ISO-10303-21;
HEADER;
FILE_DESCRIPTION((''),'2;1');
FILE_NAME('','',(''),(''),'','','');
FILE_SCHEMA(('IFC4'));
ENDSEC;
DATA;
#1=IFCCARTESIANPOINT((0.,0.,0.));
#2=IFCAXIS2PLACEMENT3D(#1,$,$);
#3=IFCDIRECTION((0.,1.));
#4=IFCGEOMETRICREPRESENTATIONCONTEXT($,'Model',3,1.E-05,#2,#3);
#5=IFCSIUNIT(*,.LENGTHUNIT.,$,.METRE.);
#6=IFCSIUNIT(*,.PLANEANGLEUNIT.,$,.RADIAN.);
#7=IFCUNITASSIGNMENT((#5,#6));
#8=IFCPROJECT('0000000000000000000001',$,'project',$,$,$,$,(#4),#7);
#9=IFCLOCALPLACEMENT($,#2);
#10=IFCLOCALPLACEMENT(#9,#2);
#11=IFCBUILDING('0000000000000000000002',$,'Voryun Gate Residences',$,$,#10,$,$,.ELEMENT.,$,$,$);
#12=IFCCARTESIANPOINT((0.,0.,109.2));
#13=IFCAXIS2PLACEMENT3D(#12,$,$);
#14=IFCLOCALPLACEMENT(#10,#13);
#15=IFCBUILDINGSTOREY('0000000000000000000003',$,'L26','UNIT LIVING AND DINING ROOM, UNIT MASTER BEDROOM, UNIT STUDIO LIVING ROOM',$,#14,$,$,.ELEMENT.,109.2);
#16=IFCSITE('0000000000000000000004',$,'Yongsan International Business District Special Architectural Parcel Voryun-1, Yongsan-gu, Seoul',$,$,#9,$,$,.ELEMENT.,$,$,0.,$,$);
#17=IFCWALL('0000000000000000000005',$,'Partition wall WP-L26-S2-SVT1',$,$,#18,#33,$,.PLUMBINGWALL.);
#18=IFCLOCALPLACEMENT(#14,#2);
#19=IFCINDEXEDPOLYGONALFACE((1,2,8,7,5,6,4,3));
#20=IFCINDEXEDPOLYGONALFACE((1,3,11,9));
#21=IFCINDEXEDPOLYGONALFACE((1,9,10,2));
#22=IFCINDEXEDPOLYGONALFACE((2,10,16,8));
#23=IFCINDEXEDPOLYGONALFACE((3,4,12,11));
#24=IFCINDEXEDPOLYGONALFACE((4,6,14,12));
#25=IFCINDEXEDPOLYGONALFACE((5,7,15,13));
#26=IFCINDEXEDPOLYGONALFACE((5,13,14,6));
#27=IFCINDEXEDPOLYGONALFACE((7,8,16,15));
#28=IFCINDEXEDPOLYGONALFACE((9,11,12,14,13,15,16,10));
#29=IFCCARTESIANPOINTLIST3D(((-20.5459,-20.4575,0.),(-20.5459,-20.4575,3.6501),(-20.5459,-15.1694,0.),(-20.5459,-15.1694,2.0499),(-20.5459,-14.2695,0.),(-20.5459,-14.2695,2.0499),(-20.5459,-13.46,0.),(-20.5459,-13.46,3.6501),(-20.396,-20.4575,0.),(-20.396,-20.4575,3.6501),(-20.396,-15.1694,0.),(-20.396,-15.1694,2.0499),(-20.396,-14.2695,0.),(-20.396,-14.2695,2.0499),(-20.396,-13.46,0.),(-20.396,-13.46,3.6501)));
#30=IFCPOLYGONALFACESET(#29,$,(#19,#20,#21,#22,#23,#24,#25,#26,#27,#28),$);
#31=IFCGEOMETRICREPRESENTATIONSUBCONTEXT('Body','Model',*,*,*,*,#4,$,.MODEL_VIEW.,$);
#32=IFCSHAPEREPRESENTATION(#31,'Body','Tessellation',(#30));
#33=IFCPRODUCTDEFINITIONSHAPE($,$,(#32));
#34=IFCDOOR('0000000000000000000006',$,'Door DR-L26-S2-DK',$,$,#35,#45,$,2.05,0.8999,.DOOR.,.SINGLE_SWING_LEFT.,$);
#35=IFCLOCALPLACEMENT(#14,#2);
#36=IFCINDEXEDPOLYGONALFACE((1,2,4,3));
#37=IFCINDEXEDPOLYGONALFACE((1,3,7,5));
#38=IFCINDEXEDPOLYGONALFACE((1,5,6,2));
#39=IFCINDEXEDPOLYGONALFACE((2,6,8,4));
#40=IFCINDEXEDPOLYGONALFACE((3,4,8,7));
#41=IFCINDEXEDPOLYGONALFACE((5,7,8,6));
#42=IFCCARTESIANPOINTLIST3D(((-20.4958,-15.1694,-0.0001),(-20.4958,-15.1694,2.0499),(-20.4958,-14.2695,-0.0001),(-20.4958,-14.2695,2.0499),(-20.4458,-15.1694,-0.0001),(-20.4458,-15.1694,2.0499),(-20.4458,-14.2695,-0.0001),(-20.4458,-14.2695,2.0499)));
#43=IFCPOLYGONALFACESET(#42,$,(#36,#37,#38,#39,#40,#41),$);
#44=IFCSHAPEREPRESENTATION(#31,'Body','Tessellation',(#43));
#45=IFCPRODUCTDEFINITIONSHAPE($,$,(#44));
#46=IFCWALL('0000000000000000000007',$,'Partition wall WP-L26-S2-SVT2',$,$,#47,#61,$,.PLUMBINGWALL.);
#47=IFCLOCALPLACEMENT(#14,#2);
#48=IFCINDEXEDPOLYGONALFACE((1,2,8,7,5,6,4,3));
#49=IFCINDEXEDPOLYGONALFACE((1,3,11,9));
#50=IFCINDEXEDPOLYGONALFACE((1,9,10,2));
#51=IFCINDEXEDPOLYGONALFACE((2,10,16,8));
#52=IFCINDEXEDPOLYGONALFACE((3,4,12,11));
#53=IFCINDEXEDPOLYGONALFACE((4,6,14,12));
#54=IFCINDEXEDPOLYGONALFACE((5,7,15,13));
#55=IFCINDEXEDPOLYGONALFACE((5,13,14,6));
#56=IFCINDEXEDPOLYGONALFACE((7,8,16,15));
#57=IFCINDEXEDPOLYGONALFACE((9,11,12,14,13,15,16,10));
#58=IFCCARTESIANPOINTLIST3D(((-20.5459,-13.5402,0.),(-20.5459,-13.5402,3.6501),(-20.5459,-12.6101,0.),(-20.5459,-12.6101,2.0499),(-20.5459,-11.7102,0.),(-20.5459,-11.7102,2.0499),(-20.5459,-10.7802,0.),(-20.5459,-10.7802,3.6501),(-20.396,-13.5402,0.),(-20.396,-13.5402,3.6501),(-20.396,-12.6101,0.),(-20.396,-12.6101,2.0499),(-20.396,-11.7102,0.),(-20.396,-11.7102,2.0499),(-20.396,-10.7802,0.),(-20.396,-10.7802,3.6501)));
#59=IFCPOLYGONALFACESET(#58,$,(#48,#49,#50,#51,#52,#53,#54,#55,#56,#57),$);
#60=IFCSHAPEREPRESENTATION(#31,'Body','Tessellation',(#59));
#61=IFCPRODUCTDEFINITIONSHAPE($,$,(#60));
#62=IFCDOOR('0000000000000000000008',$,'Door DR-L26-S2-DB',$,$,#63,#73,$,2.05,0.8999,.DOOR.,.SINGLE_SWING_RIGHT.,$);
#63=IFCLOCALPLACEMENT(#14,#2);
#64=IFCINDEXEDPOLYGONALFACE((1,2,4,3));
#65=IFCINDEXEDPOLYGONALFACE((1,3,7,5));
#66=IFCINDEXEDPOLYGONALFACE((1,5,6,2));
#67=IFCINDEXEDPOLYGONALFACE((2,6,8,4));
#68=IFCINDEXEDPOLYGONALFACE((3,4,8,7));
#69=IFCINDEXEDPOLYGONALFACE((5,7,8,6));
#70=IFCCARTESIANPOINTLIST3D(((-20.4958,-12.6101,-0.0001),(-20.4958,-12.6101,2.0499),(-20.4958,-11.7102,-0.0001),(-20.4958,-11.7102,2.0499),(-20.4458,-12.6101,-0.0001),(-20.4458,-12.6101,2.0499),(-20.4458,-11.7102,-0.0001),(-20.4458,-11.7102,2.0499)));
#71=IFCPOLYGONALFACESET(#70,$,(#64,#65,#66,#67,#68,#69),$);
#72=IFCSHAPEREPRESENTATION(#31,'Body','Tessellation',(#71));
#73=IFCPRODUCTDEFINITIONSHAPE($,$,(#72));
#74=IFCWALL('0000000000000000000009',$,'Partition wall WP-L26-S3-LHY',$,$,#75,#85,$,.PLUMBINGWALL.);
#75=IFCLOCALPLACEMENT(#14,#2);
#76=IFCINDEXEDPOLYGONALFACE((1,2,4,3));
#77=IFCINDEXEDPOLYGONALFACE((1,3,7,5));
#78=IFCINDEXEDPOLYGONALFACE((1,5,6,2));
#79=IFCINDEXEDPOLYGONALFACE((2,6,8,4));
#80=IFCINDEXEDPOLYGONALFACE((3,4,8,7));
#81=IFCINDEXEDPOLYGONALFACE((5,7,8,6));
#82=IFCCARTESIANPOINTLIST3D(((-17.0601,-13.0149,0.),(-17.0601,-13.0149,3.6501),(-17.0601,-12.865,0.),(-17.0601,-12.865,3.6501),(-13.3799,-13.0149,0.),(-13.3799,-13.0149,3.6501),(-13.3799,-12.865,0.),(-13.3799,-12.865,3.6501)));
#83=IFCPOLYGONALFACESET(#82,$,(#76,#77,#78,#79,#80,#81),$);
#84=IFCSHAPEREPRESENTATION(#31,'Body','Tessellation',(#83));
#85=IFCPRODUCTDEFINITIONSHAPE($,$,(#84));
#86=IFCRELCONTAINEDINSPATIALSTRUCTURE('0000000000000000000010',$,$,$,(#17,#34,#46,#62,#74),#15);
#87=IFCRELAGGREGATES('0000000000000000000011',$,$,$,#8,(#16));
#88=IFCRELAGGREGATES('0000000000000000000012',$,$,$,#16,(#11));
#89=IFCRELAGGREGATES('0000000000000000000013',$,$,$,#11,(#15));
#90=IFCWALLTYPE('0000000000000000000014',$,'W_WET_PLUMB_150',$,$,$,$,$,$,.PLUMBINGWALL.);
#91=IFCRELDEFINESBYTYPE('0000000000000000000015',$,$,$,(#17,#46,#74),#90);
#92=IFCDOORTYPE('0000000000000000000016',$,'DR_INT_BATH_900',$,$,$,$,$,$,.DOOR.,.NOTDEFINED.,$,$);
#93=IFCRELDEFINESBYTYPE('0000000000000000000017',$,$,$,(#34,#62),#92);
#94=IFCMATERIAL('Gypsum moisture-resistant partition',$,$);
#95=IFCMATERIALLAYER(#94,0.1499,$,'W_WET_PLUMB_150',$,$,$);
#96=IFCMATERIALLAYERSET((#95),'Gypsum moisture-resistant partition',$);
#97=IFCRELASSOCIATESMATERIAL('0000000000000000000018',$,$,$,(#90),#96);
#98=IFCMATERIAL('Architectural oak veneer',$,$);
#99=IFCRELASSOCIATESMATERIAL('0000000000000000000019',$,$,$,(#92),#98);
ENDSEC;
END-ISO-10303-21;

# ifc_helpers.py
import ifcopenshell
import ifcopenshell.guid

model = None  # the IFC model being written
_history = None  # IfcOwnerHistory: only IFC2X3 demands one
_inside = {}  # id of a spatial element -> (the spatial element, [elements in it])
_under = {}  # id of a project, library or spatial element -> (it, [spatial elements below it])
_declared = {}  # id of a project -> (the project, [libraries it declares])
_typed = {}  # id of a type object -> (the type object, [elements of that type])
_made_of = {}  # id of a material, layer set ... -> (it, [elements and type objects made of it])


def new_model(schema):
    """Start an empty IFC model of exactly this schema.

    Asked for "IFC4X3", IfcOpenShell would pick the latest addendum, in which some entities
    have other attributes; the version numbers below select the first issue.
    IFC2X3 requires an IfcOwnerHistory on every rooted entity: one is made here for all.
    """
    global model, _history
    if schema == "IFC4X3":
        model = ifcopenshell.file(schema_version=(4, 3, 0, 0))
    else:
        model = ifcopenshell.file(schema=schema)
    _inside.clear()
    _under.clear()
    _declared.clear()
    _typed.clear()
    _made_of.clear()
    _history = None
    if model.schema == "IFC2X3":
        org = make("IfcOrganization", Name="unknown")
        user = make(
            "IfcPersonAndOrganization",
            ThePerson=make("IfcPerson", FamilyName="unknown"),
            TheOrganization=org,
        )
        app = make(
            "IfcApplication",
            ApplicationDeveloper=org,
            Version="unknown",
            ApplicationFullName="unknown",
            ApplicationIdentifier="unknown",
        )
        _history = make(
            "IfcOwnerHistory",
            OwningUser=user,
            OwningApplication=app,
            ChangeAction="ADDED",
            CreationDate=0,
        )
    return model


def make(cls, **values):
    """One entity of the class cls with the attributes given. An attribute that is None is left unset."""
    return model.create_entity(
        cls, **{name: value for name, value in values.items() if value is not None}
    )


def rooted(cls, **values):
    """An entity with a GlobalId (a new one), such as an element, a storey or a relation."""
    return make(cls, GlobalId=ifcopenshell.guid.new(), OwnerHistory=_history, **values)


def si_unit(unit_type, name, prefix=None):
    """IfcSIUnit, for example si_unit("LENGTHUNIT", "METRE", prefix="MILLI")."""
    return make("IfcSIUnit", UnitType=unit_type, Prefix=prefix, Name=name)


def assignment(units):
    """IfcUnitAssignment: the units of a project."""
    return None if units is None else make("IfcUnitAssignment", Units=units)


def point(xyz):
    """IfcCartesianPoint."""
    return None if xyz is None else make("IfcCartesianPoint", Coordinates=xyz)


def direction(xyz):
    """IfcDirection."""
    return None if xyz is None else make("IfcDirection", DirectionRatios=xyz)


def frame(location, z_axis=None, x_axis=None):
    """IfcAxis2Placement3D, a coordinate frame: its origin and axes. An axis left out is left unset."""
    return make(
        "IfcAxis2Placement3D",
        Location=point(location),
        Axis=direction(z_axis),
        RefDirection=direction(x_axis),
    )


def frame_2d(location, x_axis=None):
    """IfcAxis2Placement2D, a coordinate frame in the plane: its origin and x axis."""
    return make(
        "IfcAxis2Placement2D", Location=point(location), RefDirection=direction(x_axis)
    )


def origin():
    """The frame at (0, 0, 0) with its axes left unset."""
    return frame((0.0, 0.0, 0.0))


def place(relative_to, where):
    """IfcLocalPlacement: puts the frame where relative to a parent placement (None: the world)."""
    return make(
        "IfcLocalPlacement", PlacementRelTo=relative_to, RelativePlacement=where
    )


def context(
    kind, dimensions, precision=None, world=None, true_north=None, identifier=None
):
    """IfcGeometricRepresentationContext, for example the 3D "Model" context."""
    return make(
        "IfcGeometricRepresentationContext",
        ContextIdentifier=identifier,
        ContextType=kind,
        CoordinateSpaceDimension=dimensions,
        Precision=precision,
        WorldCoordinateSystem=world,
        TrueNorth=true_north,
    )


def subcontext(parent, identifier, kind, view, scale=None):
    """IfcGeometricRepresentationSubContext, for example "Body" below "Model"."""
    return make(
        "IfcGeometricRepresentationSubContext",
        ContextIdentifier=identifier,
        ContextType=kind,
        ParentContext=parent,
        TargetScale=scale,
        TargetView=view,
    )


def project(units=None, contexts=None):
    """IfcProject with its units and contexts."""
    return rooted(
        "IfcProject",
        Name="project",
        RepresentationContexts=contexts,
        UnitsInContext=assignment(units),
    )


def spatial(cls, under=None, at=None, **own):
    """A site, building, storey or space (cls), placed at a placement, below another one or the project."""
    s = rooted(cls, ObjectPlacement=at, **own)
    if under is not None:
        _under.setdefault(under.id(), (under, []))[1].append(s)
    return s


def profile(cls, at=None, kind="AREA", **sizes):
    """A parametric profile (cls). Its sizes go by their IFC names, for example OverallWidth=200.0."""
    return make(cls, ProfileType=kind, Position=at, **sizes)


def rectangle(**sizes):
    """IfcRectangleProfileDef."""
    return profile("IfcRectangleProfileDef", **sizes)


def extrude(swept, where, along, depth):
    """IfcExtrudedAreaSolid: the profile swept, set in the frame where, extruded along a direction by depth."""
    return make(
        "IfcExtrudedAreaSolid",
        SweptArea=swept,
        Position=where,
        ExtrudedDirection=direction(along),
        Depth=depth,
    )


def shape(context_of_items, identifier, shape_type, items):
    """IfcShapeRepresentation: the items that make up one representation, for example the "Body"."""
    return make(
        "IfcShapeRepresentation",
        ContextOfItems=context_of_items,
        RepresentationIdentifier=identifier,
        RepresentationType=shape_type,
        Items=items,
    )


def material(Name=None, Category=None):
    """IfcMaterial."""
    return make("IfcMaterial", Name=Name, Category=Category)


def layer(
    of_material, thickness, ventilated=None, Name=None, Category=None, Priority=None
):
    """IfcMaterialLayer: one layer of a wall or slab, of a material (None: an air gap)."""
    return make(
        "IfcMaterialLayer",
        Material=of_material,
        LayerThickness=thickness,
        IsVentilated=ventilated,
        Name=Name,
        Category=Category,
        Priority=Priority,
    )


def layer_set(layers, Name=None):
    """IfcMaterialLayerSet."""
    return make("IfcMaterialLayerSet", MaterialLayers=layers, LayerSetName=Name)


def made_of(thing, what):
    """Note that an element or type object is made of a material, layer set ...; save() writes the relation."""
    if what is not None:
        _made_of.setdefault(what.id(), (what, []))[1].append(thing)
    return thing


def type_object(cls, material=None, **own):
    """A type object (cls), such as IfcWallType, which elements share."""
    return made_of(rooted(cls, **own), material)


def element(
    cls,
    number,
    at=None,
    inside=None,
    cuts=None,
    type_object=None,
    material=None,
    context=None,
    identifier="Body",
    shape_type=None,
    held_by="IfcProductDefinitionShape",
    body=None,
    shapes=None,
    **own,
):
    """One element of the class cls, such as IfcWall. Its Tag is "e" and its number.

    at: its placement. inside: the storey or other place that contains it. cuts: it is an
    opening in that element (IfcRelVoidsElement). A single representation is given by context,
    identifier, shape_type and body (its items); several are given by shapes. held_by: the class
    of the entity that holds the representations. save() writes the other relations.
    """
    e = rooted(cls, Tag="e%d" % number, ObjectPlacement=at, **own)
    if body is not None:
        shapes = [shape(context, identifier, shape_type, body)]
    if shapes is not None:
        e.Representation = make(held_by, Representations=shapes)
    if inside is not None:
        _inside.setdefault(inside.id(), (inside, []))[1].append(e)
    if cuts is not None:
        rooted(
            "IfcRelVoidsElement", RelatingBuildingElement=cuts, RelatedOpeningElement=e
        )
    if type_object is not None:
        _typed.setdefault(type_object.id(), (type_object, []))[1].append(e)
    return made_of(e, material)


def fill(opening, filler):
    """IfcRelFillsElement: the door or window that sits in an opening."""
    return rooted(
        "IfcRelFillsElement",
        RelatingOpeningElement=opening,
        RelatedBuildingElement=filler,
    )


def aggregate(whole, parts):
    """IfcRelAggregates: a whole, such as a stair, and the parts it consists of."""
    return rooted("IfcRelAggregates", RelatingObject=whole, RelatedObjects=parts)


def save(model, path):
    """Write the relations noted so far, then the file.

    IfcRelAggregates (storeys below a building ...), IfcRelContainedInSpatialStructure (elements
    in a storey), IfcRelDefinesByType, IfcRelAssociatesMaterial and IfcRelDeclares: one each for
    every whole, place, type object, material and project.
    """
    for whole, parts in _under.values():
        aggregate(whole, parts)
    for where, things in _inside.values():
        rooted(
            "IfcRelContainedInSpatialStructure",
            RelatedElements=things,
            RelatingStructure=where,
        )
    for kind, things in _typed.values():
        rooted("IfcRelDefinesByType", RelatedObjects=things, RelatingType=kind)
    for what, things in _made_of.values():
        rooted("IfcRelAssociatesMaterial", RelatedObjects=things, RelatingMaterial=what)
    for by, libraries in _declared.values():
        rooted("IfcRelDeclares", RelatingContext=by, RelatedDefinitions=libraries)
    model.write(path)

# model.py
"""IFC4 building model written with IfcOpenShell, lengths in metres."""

from ifc_helpers import new_model, si_unit, direction, frame, frame_2d, origin, place, context, subcontext, project, spatial, rectangle, extrude, material, layer, layer_set, type_object, element, fill, save


model = new_model("IFC4")

# Units and contexts
model_context = context("Model", 3, precision=1e-05, world=origin(), true_north=direction((0.0, 1.0)))
body_context = subcontext(model_context, "Body", "Model", "MODEL_VIEW")
ifc_project = project(units=[si_unit("LENGTHUNIT", "METRE"), si_unit("PLANEANGLEUNIT", "RADIAN")], contexts=[model_context])

# Site, building, storey
site_placement = place(None, origin())
site = spatial("IfcSite", under=ifc_project, at=site_placement, Name="Yongsan International Business District Special Architectural Parcel Voryun-1, Yongsan-gu, Seoul", CompositionType="ELEMENT", RefElevation=0.0)
building_placement = place(site_placement, origin())
building = spatial("IfcBuilding", under=site, at=building_placement, Name="Voryun Gate Residences", CompositionType="ELEMENT")
storey_placement = place(building_placement, frame((0.0, 0.0, 109.2)))
storey = spatial("IfcBuildingStorey", under=building, at=storey_placement, Name="L26", Description="UNIT LIVING AND DINING ROOM, UNIT MASTER BEDROOM, UNIT STUDIO LIVING ROOM", CompositionType="ELEMENT", Elevation=109.2)

# Shared definitions
ifc_material_1 = material(Name="Gypsum moisture-resistant partition")
ifc_layer_1 = layer(ifc_material_1, 0.1499, Name="W_WET_PLUMB_150")
ifc_layer_set_1 = layer_set([ifc_layer_1], Name="Gypsum moisture-resistant partition")
wall_type_1 = type_object("IfcWallType", Name="W_WET_PLUMB_150", PredefinedType="PLUMBINGWALL", material=ifc_layer_set_1)
ifc_material_2 = material(Name="Architectural oak veneer")
door_type = type_object("IfcDoorType", Name="DR_INT_BATH_900", OperationType="NOTDEFINED", PredefinedType="DOOR", material=ifc_material_2)

# Walls, openings, doors
wall_1_placement = place(storey_placement, frame((-20.4709, -20.4575, 0.0), z_axis=(0.0, 0.0, 1.0), x_axis=(0.0, 1.0, 0.0)))
wall_1 = element("IfcWall", 1, at=wall_1_placement, inside=storey, type_object=wall_type_1, Name="Partition wall WP-L26-S2-SVT1", PredefinedType="PLUMBINGWALL", context=body_context, shape_type="SweptSolid", body=[
    extrude(rectangle(XDim=6.9976, YDim=0.1499, at=frame_2d((3.4988, 0.0))), origin(), (0.0, 0.0, 1.0), 3.6501),
])
opening_1_placement = place(wall_1_placement, frame((5.2881, 0.0, 0.0)))
opening_1 = element("IfcOpeningElement", 2, at=opening_1_placement, cuts=wall_1, PredefinedType="OPENING", context=body_context, shape_type="SweptSolid", body=[
    extrude(rectangle(XDim=0.8999, YDim=2.05, at=frame_2d((0.45, 1.0249))), frame((0.0, 0.085, 0.0), z_axis=(0.0, -1.0, 0.0), x_axis=(1.0, 0.0, 0.0)), (0.0, 0.0, 1.0), 0.1699),
])
door_1_placement = place(opening_1_placement, origin())
door_1 = element("IfcDoor", 3, at=door_1_placement, inside=storey, type_object=door_type, Name="Door DR-L26-S2-DK", OperationType="SINGLE_SWING_LEFT", OverallHeight=2.05, OverallWidth=0.8999, PredefinedType="DOOR", context=body_context, shape_type="SweptSolid", body=[
    extrude(rectangle(XDim=0.8999, YDim=2.05, at=frame_2d((0.45, 1.0249))), frame((0.0, 0.0249, 0.0), z_axis=(0.0, -1.0, 0.0), x_axis=(1.0, 0.0, 0.0)), (0.0, 0.0, 1.0), 0.05),
])
fill(opening_1, door_1)
wall_2_placement = place(storey_placement, frame((-20.4709, -13.54, 0.0), z_axis=(0.0, 0.0, 1.0), x_axis=(0.0, 1.0, 0.0)))
wall_2 = element("IfcWall", 4, at=wall_2_placement, inside=storey, type_object=wall_type_1, Name="Partition wall WP-L26-S2-SVT2", PredefinedType="PLUMBINGWALL", context=body_context, shape_type="SweptSolid", body=[
    extrude(rectangle(XDim=2.76, YDim=0.1499, at=frame_2d((1.3799, 0.0))), origin(), (0.0, 0.0, 1.0), 3.6501),
])
opening_2_placement = place(wall_2_placement, frame((0.9299, 0.0, 0.0)))
opening_2 = element("IfcOpeningElement", 5, at=opening_2_placement, cuts=wall_2, PredefinedType="OPENING", context=body_context, shape_type="SweptSolid", body=[
    extrude(rectangle(XDim=0.8999, YDim=2.05, at=frame_2d((0.45, 1.0249))), frame((0.0, 0.085, 0.0), z_axis=(0.0, -1.0, 0.0), x_axis=(1.0, 0.0, 0.0)), (0.0, 0.0, 1.0), 0.1699),
])
door_2_placement = place(opening_2_placement, origin())
door_2 = element("IfcDoor", 6, at=door_2_placement, inside=storey, type_object=door_type, Name="Door DR-L26-S2-DB", OperationType="SINGLE_SWING_RIGHT", OverallHeight=2.05, OverallWidth=0.8999, PredefinedType="DOOR", context=body_context, shape_type="SweptSolid", body=[
    extrude(rectangle(XDim=0.8999, YDim=2.05, at=frame_2d((0.45, 1.0249))), frame((0.0, 0.0249, 0.0), z_axis=(0.0, -1.0, 0.0), x_axis=(1.0, 0.0, 0.0)), (0.0, 0.0, 1.0), 0.05),
])
fill(opening_2, door_2)

# Wall
wall_3_placement = place(storey_placement, frame((-17.0601, -12.9399, 0.0), z_axis=(0.0, 0.0, 1.0), x_axis=(1.0, 0.0, 0.0)))
element("IfcWall", 7, at=wall_3_placement, inside=storey, type_object=wall_type_1, Name="Partition wall WP-L26-S3-LHY", PredefinedType="PLUMBINGWALL", context=body_context, shape_type="SweptSolid", body=[
    extrude(rectangle(XDim=3.6802, YDim=0.1499, at=frame_2d((1.8401, 0.0))), origin(), (0.0, 0.0, 1.0), 3.6501),
])

save(model, "model.ifc")
